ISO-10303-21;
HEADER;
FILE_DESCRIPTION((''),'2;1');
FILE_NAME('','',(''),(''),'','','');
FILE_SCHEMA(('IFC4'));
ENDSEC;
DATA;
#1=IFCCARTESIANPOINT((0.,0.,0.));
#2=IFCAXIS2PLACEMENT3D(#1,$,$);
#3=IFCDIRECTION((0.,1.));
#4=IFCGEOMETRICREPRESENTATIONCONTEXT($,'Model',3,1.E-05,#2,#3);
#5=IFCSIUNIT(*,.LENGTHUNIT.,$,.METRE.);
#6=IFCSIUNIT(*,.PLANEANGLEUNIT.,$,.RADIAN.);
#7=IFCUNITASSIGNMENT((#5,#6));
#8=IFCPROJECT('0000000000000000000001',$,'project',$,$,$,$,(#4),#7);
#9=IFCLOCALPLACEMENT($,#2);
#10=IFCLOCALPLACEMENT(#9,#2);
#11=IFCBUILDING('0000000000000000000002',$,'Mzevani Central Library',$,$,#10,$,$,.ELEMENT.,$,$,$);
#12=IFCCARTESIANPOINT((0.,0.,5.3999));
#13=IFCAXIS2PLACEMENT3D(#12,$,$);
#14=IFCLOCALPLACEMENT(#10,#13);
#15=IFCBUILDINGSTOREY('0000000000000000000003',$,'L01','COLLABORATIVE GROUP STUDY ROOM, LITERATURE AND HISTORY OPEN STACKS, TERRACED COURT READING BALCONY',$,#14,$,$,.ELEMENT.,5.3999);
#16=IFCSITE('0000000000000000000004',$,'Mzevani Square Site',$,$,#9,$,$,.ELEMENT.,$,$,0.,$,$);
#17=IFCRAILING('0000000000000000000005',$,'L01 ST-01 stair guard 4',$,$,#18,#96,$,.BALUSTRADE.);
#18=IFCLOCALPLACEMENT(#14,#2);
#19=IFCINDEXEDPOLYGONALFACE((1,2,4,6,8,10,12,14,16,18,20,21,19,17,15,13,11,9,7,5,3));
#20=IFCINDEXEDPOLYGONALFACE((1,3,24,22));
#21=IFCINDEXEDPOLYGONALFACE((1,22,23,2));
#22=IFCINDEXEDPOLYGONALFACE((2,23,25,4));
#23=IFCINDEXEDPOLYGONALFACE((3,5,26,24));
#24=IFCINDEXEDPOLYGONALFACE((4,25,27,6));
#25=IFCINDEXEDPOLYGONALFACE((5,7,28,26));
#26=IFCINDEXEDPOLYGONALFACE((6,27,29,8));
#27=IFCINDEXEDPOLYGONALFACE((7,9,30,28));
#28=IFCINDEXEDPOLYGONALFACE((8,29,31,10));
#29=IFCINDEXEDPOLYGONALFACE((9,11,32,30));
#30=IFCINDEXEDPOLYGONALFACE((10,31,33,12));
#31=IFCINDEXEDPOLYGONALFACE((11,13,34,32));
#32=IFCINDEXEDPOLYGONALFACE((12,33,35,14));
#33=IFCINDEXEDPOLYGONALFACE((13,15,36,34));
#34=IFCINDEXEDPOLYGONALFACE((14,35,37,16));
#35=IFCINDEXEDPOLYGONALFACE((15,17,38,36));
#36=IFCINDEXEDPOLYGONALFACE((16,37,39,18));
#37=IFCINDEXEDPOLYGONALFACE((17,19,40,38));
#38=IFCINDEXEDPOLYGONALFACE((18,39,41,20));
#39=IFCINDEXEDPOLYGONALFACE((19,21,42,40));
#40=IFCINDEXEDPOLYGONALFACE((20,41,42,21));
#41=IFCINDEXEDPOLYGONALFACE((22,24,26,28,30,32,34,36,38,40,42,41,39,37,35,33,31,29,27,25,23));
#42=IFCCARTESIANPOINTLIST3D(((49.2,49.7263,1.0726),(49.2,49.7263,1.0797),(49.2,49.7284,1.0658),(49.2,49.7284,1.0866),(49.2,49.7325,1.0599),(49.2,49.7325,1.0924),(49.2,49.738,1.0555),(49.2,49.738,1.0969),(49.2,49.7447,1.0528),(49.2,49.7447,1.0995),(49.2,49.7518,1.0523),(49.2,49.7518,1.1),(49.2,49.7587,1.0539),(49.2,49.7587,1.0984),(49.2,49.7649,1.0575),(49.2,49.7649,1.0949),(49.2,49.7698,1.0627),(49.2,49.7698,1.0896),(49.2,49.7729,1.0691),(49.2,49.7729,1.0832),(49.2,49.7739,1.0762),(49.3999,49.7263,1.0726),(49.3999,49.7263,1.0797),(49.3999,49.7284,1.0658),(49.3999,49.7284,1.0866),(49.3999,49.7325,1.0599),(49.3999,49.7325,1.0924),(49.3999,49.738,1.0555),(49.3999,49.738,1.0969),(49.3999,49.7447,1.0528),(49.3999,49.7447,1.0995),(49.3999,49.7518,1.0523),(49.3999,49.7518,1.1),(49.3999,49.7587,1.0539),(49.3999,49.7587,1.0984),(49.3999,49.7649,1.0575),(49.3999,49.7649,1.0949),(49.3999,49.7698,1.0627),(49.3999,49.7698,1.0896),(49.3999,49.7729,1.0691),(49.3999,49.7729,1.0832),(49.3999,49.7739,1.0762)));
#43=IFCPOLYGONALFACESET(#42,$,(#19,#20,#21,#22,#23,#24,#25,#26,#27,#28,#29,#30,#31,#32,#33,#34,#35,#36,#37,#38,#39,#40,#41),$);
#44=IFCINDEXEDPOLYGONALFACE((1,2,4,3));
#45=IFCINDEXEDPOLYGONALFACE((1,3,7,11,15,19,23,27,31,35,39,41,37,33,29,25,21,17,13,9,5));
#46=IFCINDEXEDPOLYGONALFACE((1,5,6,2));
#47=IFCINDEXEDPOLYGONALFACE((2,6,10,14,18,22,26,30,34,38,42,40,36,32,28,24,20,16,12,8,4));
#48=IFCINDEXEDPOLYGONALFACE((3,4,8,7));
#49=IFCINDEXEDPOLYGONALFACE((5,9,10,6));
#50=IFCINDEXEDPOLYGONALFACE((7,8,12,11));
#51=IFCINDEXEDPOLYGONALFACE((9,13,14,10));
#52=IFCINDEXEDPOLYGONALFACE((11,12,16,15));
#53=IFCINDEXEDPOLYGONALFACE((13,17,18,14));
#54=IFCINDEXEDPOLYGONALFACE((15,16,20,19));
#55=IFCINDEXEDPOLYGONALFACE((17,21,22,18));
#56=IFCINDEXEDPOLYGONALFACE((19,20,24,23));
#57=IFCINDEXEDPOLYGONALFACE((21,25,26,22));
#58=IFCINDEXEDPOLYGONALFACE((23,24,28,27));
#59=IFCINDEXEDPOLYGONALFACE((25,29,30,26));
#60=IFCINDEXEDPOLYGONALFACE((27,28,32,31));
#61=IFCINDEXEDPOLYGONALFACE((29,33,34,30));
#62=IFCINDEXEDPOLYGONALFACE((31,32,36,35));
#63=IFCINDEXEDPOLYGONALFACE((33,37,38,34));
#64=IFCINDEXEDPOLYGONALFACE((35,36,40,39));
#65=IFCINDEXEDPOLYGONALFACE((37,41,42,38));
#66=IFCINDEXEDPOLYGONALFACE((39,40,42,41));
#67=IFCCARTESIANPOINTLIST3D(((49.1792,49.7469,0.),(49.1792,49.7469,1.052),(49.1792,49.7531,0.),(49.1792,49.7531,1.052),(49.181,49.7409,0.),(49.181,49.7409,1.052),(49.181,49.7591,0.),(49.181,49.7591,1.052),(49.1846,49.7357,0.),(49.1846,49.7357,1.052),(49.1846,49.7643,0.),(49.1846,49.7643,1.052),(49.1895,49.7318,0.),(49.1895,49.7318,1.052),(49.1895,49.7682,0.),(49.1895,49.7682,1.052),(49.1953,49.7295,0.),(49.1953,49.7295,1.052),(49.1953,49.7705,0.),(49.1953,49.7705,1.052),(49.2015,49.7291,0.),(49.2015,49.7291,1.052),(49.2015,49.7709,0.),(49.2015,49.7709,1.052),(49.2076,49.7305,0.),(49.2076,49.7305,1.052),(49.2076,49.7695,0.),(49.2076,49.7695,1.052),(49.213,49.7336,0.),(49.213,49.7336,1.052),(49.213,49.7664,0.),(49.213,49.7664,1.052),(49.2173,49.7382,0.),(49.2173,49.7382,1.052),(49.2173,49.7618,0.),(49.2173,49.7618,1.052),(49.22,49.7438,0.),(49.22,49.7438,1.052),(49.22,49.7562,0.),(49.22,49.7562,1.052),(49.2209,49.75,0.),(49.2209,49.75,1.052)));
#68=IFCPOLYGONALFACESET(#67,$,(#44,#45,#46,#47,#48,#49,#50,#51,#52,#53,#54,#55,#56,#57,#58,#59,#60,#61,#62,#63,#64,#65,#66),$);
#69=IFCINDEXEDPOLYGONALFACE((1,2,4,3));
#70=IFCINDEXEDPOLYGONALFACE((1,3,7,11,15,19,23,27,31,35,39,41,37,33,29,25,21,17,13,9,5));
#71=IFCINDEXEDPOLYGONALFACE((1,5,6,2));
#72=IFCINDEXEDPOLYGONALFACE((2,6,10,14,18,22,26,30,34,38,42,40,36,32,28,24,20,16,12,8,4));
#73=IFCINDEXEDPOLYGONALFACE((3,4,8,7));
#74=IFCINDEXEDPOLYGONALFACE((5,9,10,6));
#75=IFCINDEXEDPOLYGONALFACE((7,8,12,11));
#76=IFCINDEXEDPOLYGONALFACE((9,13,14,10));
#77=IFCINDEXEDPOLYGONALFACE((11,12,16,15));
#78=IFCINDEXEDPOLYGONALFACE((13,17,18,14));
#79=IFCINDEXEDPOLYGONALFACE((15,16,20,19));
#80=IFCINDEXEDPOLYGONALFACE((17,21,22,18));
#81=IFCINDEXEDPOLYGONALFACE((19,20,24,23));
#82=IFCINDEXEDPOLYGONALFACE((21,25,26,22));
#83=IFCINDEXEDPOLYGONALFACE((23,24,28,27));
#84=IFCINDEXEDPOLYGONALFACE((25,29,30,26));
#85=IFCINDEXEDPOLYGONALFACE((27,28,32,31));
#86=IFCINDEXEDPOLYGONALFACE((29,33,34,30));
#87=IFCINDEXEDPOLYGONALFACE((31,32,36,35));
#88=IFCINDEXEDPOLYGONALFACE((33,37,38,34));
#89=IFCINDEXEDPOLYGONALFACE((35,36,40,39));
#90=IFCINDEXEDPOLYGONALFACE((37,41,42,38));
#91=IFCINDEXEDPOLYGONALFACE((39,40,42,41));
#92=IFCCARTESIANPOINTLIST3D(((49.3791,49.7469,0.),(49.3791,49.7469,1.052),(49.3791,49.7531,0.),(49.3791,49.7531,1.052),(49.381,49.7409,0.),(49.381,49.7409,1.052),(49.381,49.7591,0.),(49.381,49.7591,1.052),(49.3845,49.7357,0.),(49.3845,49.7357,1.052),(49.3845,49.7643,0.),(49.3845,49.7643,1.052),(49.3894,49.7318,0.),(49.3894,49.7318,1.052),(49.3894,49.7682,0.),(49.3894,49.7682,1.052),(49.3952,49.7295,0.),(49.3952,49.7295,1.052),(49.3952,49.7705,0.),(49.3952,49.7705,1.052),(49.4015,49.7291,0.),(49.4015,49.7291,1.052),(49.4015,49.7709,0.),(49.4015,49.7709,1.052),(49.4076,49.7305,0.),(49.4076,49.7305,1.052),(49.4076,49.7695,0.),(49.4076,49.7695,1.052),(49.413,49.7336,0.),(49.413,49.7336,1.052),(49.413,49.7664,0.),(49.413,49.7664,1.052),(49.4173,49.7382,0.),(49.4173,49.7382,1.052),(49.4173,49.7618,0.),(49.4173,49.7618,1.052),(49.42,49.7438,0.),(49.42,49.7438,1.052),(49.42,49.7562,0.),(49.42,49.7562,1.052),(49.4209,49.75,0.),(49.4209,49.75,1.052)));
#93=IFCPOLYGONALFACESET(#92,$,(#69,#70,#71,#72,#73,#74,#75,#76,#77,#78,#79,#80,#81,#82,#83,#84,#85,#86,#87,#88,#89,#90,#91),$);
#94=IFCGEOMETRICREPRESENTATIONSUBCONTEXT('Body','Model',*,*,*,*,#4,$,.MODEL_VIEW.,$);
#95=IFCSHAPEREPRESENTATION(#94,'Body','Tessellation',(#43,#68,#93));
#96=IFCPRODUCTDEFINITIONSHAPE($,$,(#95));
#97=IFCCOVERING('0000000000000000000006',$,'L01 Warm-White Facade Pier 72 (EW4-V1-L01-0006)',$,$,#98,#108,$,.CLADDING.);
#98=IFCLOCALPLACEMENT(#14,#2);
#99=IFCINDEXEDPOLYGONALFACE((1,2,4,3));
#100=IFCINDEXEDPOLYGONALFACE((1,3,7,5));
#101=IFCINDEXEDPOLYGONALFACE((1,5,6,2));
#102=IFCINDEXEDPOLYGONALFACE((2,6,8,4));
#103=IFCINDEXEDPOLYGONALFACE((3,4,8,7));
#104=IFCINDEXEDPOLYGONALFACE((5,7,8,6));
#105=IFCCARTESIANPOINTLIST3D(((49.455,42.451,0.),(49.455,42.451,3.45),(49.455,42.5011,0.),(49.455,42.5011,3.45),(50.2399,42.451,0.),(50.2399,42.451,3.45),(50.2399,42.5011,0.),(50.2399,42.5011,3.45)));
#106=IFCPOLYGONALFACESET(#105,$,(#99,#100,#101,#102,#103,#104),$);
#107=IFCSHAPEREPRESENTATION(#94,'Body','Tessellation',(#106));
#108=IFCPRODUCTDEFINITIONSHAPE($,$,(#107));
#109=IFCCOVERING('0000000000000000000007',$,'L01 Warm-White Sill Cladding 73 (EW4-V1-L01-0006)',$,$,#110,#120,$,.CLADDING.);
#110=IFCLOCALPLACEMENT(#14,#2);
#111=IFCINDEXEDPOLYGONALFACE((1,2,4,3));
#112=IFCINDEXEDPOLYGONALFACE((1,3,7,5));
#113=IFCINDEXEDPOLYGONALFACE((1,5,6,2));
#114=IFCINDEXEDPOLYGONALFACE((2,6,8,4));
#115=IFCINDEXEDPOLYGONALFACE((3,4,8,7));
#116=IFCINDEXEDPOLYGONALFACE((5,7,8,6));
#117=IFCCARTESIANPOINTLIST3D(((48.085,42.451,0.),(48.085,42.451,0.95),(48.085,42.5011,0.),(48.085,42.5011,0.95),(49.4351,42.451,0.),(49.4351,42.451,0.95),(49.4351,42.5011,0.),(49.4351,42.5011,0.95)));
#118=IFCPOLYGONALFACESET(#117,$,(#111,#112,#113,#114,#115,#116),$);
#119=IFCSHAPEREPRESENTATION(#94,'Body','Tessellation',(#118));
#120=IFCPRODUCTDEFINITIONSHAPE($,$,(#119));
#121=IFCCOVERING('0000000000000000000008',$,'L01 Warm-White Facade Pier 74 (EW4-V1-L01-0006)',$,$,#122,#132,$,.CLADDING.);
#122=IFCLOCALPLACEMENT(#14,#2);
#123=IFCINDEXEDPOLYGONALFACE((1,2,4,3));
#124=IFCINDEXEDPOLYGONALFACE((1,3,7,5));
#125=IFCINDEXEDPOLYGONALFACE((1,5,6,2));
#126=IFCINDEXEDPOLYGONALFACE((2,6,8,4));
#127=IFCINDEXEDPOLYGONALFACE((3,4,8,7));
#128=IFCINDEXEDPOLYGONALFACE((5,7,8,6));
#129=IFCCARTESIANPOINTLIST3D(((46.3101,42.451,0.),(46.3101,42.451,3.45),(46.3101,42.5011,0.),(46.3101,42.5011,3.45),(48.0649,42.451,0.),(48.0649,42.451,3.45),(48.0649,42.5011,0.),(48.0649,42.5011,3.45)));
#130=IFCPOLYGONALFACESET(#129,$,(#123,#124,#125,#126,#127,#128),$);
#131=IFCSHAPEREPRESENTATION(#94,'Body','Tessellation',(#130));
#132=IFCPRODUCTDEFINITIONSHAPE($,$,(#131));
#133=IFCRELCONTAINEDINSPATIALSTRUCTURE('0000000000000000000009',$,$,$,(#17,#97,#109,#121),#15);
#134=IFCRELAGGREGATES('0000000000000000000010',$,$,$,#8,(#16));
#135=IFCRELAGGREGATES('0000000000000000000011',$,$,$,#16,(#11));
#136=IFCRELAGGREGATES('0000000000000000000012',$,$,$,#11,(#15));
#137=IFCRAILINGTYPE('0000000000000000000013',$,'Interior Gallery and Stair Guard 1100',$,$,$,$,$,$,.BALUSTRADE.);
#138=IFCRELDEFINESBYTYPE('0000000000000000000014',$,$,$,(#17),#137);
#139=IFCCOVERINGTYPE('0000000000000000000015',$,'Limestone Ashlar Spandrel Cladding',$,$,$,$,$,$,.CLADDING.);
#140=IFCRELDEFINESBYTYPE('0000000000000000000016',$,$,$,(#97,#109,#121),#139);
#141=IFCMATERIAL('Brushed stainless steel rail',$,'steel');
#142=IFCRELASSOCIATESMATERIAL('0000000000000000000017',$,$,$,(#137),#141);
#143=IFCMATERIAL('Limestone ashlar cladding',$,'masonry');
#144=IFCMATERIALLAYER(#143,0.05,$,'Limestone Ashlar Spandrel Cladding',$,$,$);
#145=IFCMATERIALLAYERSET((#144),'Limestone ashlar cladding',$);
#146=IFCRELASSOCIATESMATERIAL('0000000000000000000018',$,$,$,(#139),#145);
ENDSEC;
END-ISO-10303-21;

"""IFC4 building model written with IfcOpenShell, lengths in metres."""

from ifc_helpers import new_model, si_unit, direction, frame, origin, origin_2d, place, context, subcontext, project, spatial, rectangle, circle, extrude, material, layer, layer_set, type_object, element, save


model = new_model("IFC4")

# Units and contexts
model_context = context("Model", 3, precision=1e-05, world=origin(), true_north=direction((0.0, 1.0)))
body_context = subcontext(model_context, "Body", "Model", "MODEL_VIEW")
ifc_project = project(units=[si_unit("LENGTHUNIT", "METRE"), si_unit("PLANEANGLEUNIT", "RADIAN")], contexts=[model_context])

# Site, building, storey
site_placement = place(None, origin())
site = spatial("IfcSite", under=ifc_project, at=site_placement, Name="Mzevani Square Site", CompositionType="ELEMENT", RefElevation=0.0)
building_placement = place(site_placement, origin())
building = spatial("IfcBuilding", under=site, at=building_placement, Name="Mzevani Central Library", CompositionType="ELEMENT")
storey_placement = place(building_placement, frame((0.0, 0.0, 5.3999)))
storey = spatial("IfcBuildingStorey", under=building, at=storey_placement, Name="L01", Description="COLLABORATIVE GROUP STUDY ROOM, LITERATURE AND HISTORY OPEN STACKS, TERRACED COURT READING BALCONY", CompositionType="ELEMENT", Elevation=5.3999)

# Railing
ifc_material_1 = material(Name="Brushed stainless steel rail", Category="steel")
railing_type_1 = type_object("IfcRailingType", Name="Interior Gallery and Stair Guard 1100", PredefinedType="BALUSTRADE", material=ifc_material_1)
railing_1_placement = place(storey_placement, frame((49.2, 49.75, 0.0)))
element("IfcRailing", 1, at=railing_1_placement, inside=storey, type_object=railing_type_1, Name="L01 ST-01 stair guard 4", PredefinedType="BALUSTRADE", context=body_context, shape_type="SweptSolid", body=[
    extrude(circle(Radius=0.0239, at=origin_2d()), frame((0.0, 0.0, 1.0762), z_axis=(1.0, 0.0, 0.0), x_axis=(0.0, 1.0, 0.0)), (0.0, 0.0, 1.0), 0.2),
    extrude(circle(Radius=0.021, at=origin_2d()), origin(), (0.0, 0.0, 1.0), 1.052),
    extrude(circle(Radius=0.021, at=origin_2d()), frame((0.2, 0.0, 0.0)), (0.0, 0.0, 1.0), 1.052),
])

# Coverings
ifc_material_2 = material(Name="Limestone ashlar cladding", Category="masonry")
ifc_layer_1 = layer(ifc_material_2, 0.05, Name="Limestone Ashlar Spandrel Cladding")
ifc_layer_set_1 = layer_set([ifc_layer_1], Name="Limestone ashlar cladding")
covering_type = type_object("IfcCoveringType", Name="Limestone Ashlar Spandrel Cladding", PredefinedType="CLADDING", material=ifc_layer_set_1)
covering_1_placement = place(storey_placement, frame((49.8474, 42.4761, 0.0), z_axis=(0.0, 0.0, 1.0), x_axis=(-1.0, 0.0, 0.0)))
element("IfcCovering", 2, at=covering_1_placement, inside=storey, type_object=covering_type, Name="L01 Warm-White Facade Pier 72 (EW4-V1-L01-0006)", PredefinedType="CLADDING", context=body_context, shape_type="SweptSolid", body=[
    extrude(rectangle(XDim=0.7849, YDim=0.05, at=origin_2d()), origin(), (0.0, 0.0, 1.0), 3.45),
])
covering_2_placement = place(storey_placement, frame((48.76, 42.4761, 0.0), z_axis=(0.0, 0.0, 1.0), x_axis=(-1.0, 0.0, 0.0)))
element("IfcCovering", 3, at=covering_2_placement, inside=storey, type_object=covering_type, Name="L01 Warm-White Sill Cladding 73 (EW4-V1-L01-0006)", PredefinedType="CLADDING", context=body_context, shape_type="SweptSolid", body=[
    extrude(rectangle(XDim=1.3501, YDim=0.05, at=origin_2d()), origin(), (0.0, 0.0, 1.0), 0.95),
])
covering_3_placement = place(storey_placement, frame((47.1875, 42.4761, 0.0), z_axis=(0.0, 0.0, 1.0), x_axis=(-1.0, 0.0, 0.0)))
element("IfcCovering", 4, at=covering_3_placement, inside=storey, type_object=covering_type, Name="L01 Warm-White Facade Pier 74 (EW4-V1-L01-0006)", PredefinedType="CLADDING", context=body_context, shape_type="SweptSolid", body=[
    extrude(rectangle(XDim=1.7549, YDim=0.05, at=origin_2d()), origin(), (0.0, 0.0, 1.0), 3.45),
])

save(model, "model.ifc")
